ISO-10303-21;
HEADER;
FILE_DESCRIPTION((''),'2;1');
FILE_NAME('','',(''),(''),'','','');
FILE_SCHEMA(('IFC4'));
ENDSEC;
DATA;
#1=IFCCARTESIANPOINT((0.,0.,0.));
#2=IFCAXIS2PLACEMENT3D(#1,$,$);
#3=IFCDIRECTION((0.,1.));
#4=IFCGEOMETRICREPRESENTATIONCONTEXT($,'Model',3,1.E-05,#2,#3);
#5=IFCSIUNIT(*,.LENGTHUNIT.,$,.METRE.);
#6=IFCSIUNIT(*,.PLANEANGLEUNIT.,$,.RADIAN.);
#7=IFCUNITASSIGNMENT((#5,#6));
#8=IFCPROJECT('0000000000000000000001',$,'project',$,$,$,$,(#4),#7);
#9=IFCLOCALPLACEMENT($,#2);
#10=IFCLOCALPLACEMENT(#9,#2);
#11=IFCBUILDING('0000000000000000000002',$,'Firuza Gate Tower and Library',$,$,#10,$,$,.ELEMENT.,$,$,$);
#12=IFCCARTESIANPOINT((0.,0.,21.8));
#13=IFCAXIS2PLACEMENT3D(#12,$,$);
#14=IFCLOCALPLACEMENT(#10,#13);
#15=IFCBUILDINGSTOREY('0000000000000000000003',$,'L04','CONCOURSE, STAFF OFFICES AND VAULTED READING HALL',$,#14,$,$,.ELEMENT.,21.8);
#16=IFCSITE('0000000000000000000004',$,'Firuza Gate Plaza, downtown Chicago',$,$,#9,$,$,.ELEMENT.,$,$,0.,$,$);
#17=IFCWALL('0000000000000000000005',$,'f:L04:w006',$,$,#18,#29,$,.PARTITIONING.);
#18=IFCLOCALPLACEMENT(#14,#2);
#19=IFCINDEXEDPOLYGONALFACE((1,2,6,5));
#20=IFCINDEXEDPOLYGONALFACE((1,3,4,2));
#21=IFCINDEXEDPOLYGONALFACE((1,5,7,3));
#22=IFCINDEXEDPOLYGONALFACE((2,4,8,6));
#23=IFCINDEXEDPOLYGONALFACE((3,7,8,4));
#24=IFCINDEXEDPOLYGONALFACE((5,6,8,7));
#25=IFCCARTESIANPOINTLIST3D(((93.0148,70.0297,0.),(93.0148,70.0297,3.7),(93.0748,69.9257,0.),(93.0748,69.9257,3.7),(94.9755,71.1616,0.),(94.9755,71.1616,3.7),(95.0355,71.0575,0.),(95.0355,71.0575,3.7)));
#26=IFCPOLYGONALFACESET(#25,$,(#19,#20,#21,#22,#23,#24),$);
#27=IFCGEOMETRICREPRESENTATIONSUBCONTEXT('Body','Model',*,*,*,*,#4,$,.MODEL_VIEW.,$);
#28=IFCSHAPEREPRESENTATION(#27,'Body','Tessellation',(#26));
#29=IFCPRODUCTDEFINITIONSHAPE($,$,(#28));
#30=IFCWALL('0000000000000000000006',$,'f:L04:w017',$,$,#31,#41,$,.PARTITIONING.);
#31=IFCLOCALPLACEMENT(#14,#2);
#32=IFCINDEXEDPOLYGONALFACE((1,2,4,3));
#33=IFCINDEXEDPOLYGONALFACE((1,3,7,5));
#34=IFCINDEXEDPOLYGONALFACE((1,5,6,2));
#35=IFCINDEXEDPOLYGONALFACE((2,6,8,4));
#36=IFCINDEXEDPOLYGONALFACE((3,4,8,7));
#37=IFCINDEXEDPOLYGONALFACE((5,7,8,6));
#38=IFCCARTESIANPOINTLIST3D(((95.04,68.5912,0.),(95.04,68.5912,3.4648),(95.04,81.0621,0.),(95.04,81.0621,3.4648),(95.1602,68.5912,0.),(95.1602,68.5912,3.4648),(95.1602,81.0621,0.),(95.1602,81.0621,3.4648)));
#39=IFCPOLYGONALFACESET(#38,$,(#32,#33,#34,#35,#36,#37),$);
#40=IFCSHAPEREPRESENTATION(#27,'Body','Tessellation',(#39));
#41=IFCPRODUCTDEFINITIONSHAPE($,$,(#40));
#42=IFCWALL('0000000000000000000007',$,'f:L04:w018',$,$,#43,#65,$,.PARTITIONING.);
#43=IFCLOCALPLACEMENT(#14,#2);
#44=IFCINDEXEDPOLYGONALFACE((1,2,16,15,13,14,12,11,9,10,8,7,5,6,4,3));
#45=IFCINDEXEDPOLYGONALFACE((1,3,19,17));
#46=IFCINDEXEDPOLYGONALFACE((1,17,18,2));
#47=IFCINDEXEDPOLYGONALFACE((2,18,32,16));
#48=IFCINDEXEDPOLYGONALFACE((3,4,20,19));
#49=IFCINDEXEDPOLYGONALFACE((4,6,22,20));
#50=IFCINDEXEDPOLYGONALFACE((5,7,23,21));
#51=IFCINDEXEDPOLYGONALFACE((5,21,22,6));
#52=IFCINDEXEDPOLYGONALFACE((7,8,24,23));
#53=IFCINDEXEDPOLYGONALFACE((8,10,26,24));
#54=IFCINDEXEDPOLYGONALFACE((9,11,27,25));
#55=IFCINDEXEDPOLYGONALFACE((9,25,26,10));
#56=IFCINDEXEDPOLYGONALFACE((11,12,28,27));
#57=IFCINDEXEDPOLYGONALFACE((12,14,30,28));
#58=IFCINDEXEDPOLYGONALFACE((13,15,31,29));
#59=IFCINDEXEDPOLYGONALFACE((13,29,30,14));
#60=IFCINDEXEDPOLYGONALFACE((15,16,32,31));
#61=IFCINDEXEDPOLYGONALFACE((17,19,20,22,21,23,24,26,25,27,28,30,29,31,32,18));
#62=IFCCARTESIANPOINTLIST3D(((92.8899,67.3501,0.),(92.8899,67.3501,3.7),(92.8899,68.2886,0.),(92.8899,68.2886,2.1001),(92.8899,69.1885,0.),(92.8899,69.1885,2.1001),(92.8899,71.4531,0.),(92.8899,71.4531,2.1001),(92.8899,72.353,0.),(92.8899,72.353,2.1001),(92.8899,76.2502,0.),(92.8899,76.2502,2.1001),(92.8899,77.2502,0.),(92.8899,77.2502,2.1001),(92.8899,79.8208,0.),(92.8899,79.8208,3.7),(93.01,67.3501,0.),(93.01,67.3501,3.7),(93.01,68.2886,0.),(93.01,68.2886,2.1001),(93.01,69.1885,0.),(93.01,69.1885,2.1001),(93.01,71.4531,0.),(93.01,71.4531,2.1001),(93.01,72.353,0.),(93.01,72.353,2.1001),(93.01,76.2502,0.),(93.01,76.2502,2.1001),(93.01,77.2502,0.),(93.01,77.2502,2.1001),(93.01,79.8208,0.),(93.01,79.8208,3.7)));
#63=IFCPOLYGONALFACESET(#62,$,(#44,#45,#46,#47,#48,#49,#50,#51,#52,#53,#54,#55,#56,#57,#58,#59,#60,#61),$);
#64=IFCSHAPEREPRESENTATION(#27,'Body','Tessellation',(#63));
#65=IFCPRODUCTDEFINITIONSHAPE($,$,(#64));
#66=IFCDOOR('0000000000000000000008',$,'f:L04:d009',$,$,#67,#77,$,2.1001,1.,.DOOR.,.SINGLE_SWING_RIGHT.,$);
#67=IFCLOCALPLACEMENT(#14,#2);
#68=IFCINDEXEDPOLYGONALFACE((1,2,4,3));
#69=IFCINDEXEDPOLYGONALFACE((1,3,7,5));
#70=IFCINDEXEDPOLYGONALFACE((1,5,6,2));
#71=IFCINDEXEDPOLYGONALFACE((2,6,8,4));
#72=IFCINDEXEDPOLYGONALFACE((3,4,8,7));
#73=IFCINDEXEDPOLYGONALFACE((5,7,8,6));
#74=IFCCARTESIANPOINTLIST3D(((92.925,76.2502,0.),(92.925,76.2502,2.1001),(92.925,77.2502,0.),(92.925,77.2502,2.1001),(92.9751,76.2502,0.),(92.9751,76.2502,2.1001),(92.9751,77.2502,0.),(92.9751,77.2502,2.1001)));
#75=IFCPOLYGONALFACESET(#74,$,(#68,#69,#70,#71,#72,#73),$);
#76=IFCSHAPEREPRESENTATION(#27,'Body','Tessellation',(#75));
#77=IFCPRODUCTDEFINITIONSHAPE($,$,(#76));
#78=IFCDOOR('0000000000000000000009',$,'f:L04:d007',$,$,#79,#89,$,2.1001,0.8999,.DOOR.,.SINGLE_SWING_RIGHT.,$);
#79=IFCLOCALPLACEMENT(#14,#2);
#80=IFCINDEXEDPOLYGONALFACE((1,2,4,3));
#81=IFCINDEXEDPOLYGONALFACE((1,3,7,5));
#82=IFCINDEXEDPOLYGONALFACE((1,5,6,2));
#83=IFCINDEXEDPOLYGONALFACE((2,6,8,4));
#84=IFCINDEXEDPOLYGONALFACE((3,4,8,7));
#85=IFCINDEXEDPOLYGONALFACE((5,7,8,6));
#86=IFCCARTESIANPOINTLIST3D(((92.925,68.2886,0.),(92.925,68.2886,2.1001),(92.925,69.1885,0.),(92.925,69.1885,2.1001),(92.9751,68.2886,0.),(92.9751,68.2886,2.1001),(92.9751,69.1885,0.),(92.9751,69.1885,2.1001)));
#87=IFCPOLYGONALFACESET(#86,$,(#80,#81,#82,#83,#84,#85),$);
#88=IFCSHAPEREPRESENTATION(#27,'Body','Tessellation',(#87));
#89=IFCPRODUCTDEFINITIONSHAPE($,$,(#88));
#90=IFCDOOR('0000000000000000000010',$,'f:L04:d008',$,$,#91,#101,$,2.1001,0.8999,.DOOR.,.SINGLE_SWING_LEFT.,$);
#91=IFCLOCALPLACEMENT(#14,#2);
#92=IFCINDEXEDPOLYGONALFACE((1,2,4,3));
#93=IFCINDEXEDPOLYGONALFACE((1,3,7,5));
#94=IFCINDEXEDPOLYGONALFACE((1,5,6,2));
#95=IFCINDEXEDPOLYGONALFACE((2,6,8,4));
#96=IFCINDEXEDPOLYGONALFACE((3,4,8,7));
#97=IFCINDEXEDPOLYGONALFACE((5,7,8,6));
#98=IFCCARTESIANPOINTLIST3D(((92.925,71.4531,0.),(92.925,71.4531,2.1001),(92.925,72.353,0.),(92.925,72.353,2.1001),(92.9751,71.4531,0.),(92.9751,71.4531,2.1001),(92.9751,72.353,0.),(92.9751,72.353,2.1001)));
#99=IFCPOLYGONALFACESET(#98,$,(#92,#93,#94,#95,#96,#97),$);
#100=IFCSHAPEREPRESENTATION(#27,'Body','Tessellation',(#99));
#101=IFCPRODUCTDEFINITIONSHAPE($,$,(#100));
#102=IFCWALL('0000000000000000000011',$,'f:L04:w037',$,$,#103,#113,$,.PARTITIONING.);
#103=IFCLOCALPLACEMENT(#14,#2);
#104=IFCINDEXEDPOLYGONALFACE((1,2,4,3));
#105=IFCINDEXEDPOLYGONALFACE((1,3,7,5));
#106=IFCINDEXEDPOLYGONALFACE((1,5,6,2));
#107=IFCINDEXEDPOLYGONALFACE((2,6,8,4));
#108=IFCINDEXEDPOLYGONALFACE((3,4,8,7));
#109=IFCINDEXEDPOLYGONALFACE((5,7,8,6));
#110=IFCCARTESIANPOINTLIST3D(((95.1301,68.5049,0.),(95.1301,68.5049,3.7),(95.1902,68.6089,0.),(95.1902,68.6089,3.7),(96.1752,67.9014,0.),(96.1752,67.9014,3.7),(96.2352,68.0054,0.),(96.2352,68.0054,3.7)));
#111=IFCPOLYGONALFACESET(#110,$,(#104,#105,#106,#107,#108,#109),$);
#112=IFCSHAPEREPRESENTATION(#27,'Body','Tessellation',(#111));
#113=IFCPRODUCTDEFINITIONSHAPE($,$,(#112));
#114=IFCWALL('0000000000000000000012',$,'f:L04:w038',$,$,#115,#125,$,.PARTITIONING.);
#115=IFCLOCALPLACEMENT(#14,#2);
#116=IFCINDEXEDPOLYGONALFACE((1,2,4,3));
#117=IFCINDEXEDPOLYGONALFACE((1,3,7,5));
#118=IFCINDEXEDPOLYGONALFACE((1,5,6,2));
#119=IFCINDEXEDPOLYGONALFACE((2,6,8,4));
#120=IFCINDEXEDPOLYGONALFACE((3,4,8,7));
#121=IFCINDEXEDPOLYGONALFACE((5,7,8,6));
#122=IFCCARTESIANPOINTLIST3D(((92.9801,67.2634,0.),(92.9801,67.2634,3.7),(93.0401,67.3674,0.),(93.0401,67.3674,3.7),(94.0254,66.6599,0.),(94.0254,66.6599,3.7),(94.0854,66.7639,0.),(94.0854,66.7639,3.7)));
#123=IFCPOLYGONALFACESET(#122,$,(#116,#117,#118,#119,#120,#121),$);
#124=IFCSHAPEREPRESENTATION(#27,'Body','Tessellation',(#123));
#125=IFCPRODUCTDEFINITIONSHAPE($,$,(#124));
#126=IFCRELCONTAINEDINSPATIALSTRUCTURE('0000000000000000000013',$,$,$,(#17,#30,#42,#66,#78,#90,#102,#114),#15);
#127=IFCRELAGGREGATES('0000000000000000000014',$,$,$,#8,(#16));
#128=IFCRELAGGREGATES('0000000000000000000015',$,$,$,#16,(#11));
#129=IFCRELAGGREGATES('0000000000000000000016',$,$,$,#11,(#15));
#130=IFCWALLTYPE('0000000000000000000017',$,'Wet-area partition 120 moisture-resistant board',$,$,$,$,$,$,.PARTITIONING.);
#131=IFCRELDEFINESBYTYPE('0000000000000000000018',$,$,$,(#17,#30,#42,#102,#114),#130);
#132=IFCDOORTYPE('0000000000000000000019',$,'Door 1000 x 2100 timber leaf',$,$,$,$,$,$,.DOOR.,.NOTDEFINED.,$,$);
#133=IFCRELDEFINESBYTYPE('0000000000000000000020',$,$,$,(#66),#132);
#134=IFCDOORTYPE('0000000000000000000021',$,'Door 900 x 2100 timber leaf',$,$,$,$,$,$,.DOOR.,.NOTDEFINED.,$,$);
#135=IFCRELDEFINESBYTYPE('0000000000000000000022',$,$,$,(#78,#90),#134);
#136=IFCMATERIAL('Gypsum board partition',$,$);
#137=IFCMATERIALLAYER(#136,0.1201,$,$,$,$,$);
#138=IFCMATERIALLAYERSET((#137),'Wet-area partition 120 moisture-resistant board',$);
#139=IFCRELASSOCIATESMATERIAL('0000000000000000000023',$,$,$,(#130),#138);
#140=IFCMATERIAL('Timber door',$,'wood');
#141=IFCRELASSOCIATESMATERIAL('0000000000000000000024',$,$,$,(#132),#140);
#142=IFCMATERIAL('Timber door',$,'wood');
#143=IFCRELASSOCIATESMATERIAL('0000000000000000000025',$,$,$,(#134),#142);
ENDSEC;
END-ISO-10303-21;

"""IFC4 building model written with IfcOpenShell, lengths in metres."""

from ifc_helpers import new_model, si_unit, direction, frame, frame_2d, origin, place, context, subcontext, project, spatial, rectangle, extrude, material, layer, layer_set, type_object, element, fill, save


model = new_model("IFC4")

# Units and contexts
model_context = context("Model", 3, precision=1e-05, world=origin(), true_north=direction((0.0, 1.0)))
body_context = subcontext(model_context, "Body", "Model", "MODEL_VIEW")
ifc_project = project(units=[si_unit("LENGTHUNIT", "METRE"), si_unit("PLANEANGLEUNIT", "RADIAN")], contexts=[model_context])

# Site, building, storey
site_placement = place(None, origin())
site = spatial("IfcSite", under=ifc_project, at=site_placement, Name="Firuza Gate Plaza, downtown Chicago", CompositionType="ELEMENT", RefElevation=0.0)
building_placement = place(site_placement, origin())
building = spatial("IfcBuilding", under=site, at=building_placement, Name="Firuza Gate Tower and Library", CompositionType="ELEMENT")
storey_placement = place(building_placement, frame((0.0, 0.0, 21.8)))
storey = spatial("IfcBuildingStorey", under=building, at=storey_placement, Name="L04", Description="CONCOURSE, STAFF OFFICES AND VAULTED READING HALL", CompositionType="ELEMENT", Elevation=21.8)

# Walls
ifc_material_1 = material(Name="Gypsum board partition")
ifc_layer_1 = layer(ifc_material_1, 0.1201)
ifc_layer_set_1 = layer_set([ifc_layer_1], Name="Wet-area partition 120 moisture-resistant board")
wall_type_1 = type_object("IfcWallType", Name="Wet-area partition 120 moisture-resistant board", PredefinedType="PARTITIONING", material=ifc_layer_set_1)
wall_1_placement = place(storey_placement, frame((93.0449, 69.9778, 0.0), z_axis=(0.0, 0.0, 1.0), x_axis=(0.866058, 0.499943, 0.0)))
element("IfcWall", 1, at=wall_1_placement, inside=storey, type_object=wall_type_1, Name="f:L04:w006", PredefinedType="PARTITIONING", context=body_context, shape_type="SweptSolid", body=[
    extrude(rectangle(XDim=2.2639, YDim=0.1201, at=frame_2d((1.1318, 0.0))), origin(), (0.0, 0.0, 1.0), 3.7),
])
wall_2_placement = place(storey_placement, frame((95.1001, 68.5913, 0.0), z_axis=(0.0, 0.0, 1.0), x_axis=(0.0, 1.0, 0.0)))
element("IfcWall", 2, at=wall_2_placement, inside=storey, type_object=wall_type_1, Name="f:L04:w017", PredefinedType="PARTITIONING", context=body_context, shape_type="SweptSolid", body=[
    extrude(rectangle(XDim=12.4709, YDim=0.1201, at=frame_2d((6.2354, 0.0))), origin(), (0.0, 0.0, 1.0), 3.4648),
])

# Wall, openings, doors
wall_3_placement = place(storey_placement, frame((92.95, 67.3501, 0.0), z_axis=(0.0, 0.0, 1.0), x_axis=(0.0, 1.0, 0.0)))
wall_3 = element("IfcWall", 3, at=wall_3_placement, inside=storey, type_object=wall_type_1, Name="f:L04:w018", PredefinedType="PARTITIONING", context=body_context, shape_type="SweptSolid", body=[
    extrude(rectangle(XDim=12.4707, YDim=0.1201, at=frame_2d((6.2354, 0.0))), origin(), (0.0, 0.0, 1.0), 3.7),
])
opening_1_placement = place(wall_3_placement, frame((0.9385, 0.0, 0.0)))
opening_1 = element("IfcOpeningElement", 4, at=opening_1_placement, cuts=wall_3, PredefinedType="OPENING", context=body_context, shape_type="SweptSolid", body=[
    extrude(rectangle(XDim=0.8999, YDim=2.1001, at=frame_2d((0.45, 1.05))), frame((0.0, 0.0701, 0.0), z_axis=(0.0, -1.0, 0.0), x_axis=(1.0, 0.0, 0.0)), (0.0, 0.0, 1.0), 0.1401),
])
opening_2_placement = place(wall_3_placement, frame((4.103, 0.0, 0.0)))
opening_2 = element("IfcOpeningElement", 5, at=opening_2_placement, cuts=wall_3, PredefinedType="OPENING", context=body_context, shape_type="SweptSolid", body=[
    extrude(rectangle(XDim=0.8999, YDim=2.1001, at=frame_2d((0.45, 1.05))), frame((0.0, 0.0701, 0.0), z_axis=(0.0, -1.0, 0.0), x_axis=(1.0, 0.0, 0.0)), (0.0, 0.0, 1.0), 0.1401),
])
opening_3_placement = place(wall_3_placement, frame((8.9001, 0.0, 0.0)))
opening_3 = element("IfcOpeningElement", 6, at=opening_3_placement, cuts=wall_3, PredefinedType="OPENING", context=body_context, shape_type="SweptSolid", body=[
    extrude(rectangle(XDim=1.0, YDim=2.1001, at=frame_2d((0.5, 1.05))), frame((0.0, 0.0701, 0.0), z_axis=(0.0, -1.0, 0.0), x_axis=(1.0, 0.0, 0.0)), (0.0, 0.0, 1.0), 0.1401),
])
ifc_material_2 = material(Name="Timber door", Category="wood")
door_type_1 = type_object("IfcDoorType", Name="Door 1000 x 2100 timber leaf", OperationType="NOTDEFINED", PredefinedType="DOOR", material=ifc_material_2)
door_1_placement = place(opening_3_placement, origin())
door_1 = element("IfcDoor", 7, at=door_1_placement, inside=storey, type_object=door_type_1, Name="f:L04:d009", OperationType="SINGLE_SWING_RIGHT", OverallHeight=2.1001, OverallWidth=1.0, PredefinedType="DOOR", context=body_context, shape_type="SweptSolid", body=[
    extrude(rectangle(XDim=1.0, YDim=2.1001, at=frame_2d((0.5, 1.05))), frame((0.0, 0.0249, 0.0), z_axis=(0.0, -1.0, 0.0), x_axis=(1.0, 0.0, 0.0)), (0.0, 0.0, 1.0), 0.05),
])
fill(opening_3, door_1)
ifc_material_3 = material(Name="Timber door", Category="wood")
door_type_2 = type_object("IfcDoorType", Name="Door 900 x 2100 timber leaf", OperationType="NOTDEFINED", PredefinedType="DOOR", material=ifc_material_3)
door_2_placement = place(opening_1_placement, origin())
door_2 = element("IfcDoor", 8, at=door_2_placement, inside=storey, type_object=door_type_2, Name="f:L04:d007", OperationType="SINGLE_SWING_RIGHT", OverallHeight=2.1001, OverallWidth=0.8999, PredefinedType="DOOR", context=body_context, shape_type="SweptSolid", body=[
    extrude(rectangle(XDim=0.8999, YDim=2.1001, at=frame_2d((0.45, 1.05))), frame((0.0, 0.0249, 0.0), z_axis=(0.0, -1.0, 0.0), x_axis=(1.0, 0.0, 0.0)), (0.0, 0.0, 1.0), 0.05),
])
fill(opening_1, door_2)
door_3_placement = place(opening_2_placement, origin())
door_3 = element("IfcDoor", 9, at=door_3_placement, inside=storey, type_object=door_type_2, Name="f:L04:d008", OperationType="SINGLE_SWING_LEFT", OverallHeight=2.1001, OverallWidth=0.8999, PredefinedType="DOOR", context=body_context, shape_type="SweptSolid", body=[
    extrude(rectangle(XDim=0.8999, YDim=2.1001, at=frame_2d((0.45, 1.05))), frame((0.0, 0.0249, 0.0), z_axis=(0.0, -1.0, 0.0), x_axis=(1.0, 0.0, 0.0)), (0.0, 0.0, 1.0), 0.05),
])
fill(opening_2, door_3)

# Walls
wall_4_placement = place(storey_placement, frame((96.2053, 67.9534, 0.0), z_axis=(0.0, 0.0, 1.0), x_axis=(-0.865994, 0.500055, 0.0)))
element("IfcWall", 10, at=wall_4_placement, inside=storey, type_object=wall_type_1, Name="f:L04:w037", PredefinedType="PARTITIONING", context=body_context, shape_type="SweptSolid", body=[
    extrude(rectangle(XDim=1.2068, YDim=0.1201, at=frame_2d((0.6035, 0.0))), origin(), (0.0, 0.0, 1.0), 3.7),
])
wall_5_placement = place(storey_placement, frame((94.0554, 66.7119, 0.0), z_axis=(0.0, 0.0, 1.0), x_axis=(-0.866044, 0.499968, 0.0)))
element("IfcWall", 11, at=wall_5_placement, inside=storey, type_object=wall_type_1, Name="f:L04:w038", PredefinedType="PARTITIONING", context=body_context, shape_type="SweptSolid", body=[
    extrude(rectangle(XDim=1.207, YDim=0.1201, at=frame_2d((0.6035, 0.0))), origin(), (0.0, 0.0, 1.0), 3.7),
])

save(model, "model.ifc")
